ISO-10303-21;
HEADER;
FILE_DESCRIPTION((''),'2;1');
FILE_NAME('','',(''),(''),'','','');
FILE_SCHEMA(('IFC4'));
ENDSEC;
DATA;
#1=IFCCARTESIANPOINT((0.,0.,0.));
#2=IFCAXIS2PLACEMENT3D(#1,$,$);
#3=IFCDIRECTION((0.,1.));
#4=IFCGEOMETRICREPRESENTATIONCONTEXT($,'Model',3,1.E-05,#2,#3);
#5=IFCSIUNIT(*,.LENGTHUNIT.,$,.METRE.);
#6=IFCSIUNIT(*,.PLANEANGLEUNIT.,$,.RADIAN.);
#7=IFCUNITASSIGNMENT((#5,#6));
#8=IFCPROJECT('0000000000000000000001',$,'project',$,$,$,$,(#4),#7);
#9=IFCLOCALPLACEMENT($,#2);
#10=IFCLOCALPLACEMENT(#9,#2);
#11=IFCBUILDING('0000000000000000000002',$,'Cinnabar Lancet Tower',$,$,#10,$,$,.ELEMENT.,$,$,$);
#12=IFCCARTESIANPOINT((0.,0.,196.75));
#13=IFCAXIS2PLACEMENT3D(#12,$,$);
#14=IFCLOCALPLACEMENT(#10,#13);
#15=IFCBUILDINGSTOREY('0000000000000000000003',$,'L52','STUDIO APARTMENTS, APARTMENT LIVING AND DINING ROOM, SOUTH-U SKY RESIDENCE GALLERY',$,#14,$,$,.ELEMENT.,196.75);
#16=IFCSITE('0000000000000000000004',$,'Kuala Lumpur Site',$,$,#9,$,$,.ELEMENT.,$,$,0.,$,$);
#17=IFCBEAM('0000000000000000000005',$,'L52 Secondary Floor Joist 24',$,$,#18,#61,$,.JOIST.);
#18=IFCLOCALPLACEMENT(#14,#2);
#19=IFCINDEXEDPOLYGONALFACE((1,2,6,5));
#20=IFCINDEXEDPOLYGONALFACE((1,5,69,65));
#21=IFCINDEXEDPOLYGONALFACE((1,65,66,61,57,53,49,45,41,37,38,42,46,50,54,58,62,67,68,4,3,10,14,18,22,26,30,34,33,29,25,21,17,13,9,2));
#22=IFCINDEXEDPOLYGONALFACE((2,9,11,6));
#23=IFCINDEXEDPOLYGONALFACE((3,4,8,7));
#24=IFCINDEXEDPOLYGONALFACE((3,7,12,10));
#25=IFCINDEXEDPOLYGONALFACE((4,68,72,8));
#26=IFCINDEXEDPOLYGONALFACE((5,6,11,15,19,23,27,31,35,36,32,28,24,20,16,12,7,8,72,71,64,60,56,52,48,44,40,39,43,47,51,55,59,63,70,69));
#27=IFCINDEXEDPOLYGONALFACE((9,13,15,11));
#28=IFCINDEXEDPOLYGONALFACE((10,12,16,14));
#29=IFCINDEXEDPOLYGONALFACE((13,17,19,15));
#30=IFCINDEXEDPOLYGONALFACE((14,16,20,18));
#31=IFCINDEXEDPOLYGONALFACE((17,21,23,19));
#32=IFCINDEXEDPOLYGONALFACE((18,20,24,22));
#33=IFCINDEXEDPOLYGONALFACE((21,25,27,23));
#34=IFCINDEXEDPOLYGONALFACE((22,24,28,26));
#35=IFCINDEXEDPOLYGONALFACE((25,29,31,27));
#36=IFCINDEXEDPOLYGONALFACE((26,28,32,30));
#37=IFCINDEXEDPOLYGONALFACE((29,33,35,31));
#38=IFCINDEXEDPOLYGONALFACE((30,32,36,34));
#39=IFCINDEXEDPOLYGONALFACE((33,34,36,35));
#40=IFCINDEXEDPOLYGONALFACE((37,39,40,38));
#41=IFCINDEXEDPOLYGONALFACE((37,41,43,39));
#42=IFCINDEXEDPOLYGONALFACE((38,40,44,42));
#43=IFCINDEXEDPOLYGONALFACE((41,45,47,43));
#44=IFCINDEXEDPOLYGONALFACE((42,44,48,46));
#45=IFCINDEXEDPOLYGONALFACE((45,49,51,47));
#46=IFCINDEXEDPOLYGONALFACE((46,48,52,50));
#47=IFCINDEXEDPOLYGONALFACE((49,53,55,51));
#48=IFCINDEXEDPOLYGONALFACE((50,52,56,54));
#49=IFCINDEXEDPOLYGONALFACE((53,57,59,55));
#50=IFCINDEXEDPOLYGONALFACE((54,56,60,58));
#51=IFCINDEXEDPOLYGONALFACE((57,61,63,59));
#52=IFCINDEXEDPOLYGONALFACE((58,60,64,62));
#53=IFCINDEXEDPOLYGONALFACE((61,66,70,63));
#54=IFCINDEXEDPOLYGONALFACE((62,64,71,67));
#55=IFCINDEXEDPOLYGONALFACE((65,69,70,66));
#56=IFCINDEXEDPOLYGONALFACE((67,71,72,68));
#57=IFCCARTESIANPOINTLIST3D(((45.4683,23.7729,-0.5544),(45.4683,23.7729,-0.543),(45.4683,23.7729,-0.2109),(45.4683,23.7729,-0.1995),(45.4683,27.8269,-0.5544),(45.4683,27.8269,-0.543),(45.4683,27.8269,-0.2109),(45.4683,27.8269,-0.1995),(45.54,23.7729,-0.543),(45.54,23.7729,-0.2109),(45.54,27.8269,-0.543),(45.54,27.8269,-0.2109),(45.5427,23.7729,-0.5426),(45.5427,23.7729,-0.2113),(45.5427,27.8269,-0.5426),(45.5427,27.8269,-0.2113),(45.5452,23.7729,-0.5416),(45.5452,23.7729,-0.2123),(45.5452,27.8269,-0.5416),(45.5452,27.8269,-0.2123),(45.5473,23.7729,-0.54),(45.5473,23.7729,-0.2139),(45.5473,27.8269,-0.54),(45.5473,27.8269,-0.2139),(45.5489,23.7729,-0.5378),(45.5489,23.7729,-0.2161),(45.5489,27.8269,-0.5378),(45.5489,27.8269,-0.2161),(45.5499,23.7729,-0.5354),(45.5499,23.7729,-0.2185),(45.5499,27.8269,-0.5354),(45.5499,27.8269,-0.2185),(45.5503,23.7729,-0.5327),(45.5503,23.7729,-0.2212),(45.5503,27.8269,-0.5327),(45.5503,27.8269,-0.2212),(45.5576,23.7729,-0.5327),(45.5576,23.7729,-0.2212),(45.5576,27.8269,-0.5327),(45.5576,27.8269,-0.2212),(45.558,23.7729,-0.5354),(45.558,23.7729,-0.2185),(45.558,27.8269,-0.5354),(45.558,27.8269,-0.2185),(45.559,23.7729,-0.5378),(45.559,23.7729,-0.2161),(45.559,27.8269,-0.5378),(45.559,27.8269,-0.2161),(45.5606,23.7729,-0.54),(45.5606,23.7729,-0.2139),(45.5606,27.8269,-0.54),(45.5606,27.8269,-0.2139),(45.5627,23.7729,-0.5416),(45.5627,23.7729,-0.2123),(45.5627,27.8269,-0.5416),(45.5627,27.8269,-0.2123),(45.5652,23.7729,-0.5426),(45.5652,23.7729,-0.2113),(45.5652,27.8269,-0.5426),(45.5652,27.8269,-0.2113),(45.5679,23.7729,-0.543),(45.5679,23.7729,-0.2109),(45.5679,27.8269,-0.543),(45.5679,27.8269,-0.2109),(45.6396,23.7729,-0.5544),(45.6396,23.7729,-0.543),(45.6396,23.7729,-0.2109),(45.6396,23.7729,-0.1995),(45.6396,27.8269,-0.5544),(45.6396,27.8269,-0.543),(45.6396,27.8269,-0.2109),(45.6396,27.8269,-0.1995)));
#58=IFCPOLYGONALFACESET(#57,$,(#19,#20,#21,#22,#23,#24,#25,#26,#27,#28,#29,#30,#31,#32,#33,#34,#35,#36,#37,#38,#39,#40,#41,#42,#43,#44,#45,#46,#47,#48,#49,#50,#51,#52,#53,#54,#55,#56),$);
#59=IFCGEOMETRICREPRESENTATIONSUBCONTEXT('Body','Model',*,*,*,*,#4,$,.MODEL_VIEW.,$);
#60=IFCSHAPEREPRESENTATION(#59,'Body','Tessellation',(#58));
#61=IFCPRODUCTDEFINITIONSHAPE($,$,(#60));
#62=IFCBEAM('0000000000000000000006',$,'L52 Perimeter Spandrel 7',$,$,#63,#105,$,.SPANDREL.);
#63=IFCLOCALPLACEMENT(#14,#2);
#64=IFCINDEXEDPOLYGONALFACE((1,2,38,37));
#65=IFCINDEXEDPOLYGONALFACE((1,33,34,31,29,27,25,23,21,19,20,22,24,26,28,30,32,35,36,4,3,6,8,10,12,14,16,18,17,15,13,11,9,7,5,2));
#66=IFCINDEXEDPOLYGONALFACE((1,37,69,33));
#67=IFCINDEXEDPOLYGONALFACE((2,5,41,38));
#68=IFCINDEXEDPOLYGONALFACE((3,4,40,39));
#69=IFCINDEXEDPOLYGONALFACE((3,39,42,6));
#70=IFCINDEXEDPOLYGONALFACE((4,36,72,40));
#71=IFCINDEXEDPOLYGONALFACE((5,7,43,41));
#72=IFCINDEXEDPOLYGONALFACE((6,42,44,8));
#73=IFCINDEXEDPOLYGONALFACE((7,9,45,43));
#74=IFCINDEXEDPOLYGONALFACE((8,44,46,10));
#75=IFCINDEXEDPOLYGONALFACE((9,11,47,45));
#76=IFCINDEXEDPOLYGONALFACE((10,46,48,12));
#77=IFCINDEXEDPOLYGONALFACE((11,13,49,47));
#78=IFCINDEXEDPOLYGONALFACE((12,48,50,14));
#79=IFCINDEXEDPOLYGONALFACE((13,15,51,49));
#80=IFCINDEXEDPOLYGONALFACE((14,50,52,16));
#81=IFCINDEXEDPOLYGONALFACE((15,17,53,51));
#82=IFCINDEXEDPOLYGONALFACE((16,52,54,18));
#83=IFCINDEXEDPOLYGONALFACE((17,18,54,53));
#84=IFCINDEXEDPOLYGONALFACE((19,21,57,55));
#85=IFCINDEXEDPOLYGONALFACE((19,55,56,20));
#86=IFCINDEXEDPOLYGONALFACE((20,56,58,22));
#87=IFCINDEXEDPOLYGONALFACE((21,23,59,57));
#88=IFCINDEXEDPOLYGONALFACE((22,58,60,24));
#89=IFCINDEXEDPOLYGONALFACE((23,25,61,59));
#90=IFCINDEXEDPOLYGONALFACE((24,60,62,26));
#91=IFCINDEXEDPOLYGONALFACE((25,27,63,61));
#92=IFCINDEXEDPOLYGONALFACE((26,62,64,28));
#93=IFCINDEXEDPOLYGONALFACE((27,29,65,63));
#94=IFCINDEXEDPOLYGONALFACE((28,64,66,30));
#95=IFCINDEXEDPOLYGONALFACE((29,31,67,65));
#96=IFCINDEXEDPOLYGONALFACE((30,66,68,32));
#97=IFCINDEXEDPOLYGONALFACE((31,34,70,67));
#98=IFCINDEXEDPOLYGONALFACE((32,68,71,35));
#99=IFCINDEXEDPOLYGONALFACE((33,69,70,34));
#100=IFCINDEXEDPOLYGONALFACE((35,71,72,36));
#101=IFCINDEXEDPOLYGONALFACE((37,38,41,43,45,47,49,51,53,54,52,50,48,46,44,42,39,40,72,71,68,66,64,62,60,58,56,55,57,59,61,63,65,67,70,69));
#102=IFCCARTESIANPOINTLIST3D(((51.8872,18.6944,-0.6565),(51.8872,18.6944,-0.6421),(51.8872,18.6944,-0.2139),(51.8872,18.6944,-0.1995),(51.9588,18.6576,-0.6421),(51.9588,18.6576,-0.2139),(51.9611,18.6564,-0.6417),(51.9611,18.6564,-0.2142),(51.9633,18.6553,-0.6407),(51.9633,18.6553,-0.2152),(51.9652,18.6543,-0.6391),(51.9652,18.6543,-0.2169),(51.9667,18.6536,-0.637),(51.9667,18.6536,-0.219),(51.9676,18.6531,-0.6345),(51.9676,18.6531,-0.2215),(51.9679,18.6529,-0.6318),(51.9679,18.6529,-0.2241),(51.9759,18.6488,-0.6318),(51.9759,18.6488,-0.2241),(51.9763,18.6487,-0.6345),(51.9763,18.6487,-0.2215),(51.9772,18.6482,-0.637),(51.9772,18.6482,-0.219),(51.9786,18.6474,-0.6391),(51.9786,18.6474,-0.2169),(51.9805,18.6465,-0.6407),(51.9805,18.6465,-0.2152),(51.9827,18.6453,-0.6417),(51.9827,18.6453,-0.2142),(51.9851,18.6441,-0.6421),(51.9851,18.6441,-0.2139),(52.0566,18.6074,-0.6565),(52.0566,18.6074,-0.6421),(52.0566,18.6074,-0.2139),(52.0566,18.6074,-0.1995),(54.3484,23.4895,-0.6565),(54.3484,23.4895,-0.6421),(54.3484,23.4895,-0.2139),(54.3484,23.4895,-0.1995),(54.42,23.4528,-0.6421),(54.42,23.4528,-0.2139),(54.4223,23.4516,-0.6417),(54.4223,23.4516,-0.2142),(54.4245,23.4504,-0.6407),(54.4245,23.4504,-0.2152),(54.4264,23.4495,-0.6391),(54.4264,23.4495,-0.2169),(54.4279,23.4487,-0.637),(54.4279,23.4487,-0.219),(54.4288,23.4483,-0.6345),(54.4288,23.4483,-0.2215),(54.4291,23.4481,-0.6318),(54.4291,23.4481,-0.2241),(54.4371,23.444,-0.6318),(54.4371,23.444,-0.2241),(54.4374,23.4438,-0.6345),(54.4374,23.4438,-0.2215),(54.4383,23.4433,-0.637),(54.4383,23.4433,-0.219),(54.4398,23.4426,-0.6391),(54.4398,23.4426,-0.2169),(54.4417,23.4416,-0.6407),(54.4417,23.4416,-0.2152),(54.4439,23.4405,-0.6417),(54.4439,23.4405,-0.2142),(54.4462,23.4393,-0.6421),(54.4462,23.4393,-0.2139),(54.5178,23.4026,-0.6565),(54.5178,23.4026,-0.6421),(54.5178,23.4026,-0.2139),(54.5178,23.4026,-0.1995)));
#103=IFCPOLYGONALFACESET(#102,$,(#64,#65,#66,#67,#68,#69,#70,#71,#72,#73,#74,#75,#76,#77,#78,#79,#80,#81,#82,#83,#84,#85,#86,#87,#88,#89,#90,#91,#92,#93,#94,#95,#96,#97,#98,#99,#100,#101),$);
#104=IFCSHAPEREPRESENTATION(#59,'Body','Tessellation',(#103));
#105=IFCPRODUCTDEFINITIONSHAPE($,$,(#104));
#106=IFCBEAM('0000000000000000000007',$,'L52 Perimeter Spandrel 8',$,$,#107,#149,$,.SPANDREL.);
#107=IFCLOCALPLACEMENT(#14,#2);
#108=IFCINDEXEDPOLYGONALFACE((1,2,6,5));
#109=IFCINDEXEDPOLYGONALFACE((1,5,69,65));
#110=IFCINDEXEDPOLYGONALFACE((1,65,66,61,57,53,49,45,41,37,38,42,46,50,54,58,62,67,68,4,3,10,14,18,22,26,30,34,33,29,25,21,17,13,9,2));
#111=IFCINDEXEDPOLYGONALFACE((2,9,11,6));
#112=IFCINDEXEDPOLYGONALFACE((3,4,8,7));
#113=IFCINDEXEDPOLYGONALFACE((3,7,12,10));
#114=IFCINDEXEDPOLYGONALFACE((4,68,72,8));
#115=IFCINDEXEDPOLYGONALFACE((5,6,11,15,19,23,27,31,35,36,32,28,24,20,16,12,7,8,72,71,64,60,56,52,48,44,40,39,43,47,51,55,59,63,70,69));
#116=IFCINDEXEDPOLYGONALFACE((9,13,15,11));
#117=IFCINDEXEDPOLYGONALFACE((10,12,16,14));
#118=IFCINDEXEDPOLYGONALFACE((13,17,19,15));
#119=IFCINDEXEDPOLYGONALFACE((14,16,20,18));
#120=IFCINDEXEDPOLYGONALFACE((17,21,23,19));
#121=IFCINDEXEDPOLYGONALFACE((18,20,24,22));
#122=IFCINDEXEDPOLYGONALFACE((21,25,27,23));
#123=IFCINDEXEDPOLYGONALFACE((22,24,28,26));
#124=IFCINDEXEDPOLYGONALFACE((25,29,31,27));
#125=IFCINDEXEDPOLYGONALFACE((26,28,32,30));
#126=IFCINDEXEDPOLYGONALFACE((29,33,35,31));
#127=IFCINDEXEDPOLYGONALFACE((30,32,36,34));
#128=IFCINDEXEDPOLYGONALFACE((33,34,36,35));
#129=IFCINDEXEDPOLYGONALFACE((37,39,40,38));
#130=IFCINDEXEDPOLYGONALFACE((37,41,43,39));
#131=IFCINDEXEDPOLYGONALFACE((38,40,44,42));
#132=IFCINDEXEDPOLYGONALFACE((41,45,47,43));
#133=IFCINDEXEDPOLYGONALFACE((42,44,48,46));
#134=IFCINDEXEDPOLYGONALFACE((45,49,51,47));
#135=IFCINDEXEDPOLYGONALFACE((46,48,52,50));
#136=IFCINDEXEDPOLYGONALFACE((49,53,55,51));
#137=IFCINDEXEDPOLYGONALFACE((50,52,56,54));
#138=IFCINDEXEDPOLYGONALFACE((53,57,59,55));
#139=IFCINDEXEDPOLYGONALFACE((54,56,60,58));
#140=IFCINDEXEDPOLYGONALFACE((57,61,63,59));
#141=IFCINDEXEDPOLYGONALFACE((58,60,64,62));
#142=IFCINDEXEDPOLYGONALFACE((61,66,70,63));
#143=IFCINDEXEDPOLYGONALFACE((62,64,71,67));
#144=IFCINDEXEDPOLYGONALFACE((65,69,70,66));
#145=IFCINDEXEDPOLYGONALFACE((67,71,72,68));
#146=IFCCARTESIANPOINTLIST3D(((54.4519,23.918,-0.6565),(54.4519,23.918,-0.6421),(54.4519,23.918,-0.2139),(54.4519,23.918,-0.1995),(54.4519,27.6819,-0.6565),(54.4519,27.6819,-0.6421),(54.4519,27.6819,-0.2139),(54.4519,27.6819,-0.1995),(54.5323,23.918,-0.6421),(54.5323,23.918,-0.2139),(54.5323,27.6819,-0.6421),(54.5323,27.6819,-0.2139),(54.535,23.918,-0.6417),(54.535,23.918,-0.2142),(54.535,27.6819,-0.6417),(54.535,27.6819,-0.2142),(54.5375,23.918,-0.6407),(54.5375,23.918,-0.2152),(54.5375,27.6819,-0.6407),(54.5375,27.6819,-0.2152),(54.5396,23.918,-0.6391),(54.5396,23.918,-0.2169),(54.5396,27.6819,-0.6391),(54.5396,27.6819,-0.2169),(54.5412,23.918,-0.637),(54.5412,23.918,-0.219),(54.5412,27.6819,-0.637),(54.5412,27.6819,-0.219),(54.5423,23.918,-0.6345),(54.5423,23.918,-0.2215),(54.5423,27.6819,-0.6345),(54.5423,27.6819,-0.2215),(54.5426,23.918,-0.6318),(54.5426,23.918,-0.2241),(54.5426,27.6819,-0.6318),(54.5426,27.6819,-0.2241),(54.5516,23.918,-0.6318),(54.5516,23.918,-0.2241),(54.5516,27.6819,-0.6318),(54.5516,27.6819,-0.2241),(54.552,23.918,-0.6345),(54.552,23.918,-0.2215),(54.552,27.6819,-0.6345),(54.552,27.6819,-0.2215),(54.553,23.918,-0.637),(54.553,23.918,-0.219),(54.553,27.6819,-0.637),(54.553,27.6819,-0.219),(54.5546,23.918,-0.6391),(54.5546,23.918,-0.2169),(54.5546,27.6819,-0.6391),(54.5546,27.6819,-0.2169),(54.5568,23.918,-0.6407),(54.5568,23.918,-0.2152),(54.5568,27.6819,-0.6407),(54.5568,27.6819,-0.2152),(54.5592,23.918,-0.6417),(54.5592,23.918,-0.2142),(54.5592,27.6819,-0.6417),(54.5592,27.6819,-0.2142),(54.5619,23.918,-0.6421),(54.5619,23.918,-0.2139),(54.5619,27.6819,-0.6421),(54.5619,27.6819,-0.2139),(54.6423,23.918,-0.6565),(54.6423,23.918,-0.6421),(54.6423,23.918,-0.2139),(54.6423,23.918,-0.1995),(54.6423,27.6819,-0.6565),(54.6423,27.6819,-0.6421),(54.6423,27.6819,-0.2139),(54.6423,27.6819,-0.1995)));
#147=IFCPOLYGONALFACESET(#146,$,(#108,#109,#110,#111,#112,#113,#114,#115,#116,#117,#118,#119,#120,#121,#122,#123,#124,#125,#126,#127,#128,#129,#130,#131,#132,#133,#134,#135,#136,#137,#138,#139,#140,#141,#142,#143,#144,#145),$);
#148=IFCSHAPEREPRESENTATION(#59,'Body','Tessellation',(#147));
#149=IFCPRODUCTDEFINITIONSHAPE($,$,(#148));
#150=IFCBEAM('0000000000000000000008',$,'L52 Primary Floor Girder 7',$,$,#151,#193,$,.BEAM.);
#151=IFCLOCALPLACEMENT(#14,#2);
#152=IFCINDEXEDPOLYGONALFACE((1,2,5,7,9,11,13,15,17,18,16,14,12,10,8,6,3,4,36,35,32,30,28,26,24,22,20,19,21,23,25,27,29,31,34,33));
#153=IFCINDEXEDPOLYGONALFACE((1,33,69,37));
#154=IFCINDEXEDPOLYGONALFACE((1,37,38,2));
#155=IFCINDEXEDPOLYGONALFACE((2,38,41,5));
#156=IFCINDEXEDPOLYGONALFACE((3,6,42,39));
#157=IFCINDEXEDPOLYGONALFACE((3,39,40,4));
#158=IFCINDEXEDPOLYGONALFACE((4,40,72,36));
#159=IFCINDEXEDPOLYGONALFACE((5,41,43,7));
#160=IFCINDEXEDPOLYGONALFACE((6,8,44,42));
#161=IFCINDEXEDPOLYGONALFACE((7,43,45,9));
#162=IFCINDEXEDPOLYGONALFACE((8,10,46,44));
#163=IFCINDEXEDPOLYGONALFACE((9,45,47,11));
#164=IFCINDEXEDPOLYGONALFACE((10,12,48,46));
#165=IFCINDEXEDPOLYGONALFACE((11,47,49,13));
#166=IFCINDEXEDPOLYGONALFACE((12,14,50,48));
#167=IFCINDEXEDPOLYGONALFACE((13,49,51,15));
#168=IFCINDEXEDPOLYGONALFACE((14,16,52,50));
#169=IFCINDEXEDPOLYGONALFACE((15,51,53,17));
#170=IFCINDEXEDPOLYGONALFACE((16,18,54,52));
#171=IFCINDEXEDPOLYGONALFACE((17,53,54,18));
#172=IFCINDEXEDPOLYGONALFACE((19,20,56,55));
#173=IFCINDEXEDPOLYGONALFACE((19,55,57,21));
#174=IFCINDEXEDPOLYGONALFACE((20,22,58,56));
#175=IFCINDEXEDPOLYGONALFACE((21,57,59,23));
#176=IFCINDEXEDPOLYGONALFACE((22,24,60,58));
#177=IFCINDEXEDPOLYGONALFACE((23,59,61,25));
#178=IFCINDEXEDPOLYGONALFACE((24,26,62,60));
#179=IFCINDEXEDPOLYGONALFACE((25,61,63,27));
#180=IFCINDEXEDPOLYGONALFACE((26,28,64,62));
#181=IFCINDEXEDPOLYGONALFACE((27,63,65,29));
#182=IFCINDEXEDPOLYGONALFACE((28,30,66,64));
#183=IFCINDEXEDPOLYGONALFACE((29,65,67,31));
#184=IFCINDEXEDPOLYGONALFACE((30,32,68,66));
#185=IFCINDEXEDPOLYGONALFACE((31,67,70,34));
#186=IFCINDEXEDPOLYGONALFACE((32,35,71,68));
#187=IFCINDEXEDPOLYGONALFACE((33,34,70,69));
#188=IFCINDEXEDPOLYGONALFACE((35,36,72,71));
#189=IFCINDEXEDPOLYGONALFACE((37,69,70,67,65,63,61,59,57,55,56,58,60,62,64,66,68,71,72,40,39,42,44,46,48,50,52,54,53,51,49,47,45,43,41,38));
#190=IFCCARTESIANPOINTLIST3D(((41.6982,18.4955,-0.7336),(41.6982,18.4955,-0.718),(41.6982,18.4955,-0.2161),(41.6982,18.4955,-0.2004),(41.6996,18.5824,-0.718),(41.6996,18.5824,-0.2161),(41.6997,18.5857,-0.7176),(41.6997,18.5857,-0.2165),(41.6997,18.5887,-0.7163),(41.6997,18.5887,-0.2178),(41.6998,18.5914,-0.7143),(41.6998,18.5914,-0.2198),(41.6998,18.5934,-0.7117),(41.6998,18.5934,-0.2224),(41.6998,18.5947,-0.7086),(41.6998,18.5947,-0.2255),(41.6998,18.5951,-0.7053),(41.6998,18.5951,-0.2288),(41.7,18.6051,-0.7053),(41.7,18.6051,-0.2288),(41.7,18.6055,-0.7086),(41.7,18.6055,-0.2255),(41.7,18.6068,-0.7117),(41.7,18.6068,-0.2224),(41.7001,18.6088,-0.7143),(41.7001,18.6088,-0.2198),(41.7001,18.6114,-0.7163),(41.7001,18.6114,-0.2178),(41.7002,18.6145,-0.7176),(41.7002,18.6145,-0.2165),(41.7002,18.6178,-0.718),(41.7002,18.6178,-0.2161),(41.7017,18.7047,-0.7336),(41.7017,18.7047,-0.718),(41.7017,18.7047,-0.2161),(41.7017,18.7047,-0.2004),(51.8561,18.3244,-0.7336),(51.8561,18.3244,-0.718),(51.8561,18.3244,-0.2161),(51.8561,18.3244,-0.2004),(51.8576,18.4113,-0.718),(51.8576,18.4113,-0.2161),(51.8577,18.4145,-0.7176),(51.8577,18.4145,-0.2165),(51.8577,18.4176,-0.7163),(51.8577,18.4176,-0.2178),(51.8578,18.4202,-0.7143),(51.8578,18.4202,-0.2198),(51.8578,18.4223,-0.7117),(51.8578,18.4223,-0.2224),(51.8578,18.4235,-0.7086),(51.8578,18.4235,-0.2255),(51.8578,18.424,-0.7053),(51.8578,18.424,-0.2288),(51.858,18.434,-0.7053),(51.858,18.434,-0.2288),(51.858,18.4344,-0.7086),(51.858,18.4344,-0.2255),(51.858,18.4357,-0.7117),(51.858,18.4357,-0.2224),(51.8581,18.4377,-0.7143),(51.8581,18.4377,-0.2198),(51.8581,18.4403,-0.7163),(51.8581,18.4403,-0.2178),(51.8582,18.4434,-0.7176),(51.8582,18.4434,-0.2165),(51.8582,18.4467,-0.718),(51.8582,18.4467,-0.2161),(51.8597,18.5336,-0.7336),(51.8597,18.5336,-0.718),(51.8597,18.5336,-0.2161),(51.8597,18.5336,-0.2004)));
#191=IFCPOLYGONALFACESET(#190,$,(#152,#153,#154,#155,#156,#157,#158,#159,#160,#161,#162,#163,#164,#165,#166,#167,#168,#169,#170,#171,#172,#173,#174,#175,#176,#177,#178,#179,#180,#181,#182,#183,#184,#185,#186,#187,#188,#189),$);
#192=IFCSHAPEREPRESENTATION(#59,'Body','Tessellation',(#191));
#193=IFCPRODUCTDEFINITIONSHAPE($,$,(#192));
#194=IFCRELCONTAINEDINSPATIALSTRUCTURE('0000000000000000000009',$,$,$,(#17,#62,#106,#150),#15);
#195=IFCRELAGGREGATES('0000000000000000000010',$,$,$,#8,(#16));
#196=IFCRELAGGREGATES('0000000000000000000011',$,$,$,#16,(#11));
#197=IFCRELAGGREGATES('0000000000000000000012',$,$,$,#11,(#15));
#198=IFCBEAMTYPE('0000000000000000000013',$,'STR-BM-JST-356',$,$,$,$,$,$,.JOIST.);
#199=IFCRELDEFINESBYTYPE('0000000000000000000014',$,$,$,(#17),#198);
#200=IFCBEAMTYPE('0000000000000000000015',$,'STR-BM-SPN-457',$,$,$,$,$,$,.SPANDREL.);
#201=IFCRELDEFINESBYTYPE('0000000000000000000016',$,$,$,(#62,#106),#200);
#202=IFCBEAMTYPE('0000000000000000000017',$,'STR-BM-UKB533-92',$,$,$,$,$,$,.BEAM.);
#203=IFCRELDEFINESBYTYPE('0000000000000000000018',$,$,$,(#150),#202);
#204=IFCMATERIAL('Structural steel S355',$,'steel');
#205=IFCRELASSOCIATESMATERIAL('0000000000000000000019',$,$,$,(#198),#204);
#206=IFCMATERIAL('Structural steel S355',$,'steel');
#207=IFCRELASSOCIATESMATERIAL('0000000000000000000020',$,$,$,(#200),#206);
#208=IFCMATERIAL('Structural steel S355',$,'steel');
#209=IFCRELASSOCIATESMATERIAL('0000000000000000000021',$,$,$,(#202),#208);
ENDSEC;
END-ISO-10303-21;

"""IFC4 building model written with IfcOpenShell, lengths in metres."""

from ifc_helpers import new_model, si_unit, direction, frame, origin, origin_2d, place, context, subcontext, project, spatial, i_section, extrude, material, material_profile, profile_set, type_object, element, save


model = new_model("IFC4")

# Units and contexts
model_context = context("Model", 3, precision=1e-05, world=origin(), true_north=direction((0.0, 1.0)))
body_context = subcontext(model_context, "Body", "Model", "MODEL_VIEW")
ifc_project = project(units=[si_unit("LENGTHUNIT", "METRE"), si_unit("PLANEANGLEUNIT", "RADIAN")], contexts=[model_context])

# Site, building, storey
site_placement = place(None, origin())
site = spatial("IfcSite", under=ifc_project, at=site_placement, Name="Kuala Lumpur Site", CompositionType="ELEMENT", RefElevation=0.0)
building_placement = place(site_placement, origin())
building = spatial("IfcBuilding", under=site, at=building_placement, Name="Cinnabar Lancet Tower", CompositionType="ELEMENT")
storey_placement = place(building_placement, frame((0.0, 0.0, 196.75)))
storey = spatial("IfcBuildingStorey", under=building, at=storey_placement, Name="L52", Description="STUDIO APARTMENTS, APARTMENT LIVING AND DINING ROOM, SOUTH-U SKY RESIDENCE GALLERY", CompositionType="ELEMENT", Elevation=196.75)

# Beams
ifc_material_1 = material(Name="Structural steel S355", Category="steel")
ifc_material_profile_1 = material_profile(ifc_material_1, i_section(OverallWidth=0.1714, OverallDepth=0.355, WebThickness=0.0073, FlangeThickness=0.0115, FilletRadius=0.0103, at=origin_2d()), Name="UKB 356x171x51")
ifc_profile_set_1 = profile_set([ifc_material_profile_1], Name="Structural steel S355")
beam_type_1 = type_object("IfcBeamType", Name="STR-BM-JST-356", PredefinedType="JOIST", material=ifc_profile_set_1)
for number, where, z_axis, x_axis, name in (
    (1, (45.554, 23.7729, -0.377), (0.0, 1.0, 0.0), (-1.0, 0.0, 0.0), "L52 Secondary Floor Joist 24"),
):
    element("IfcBeam", number, at=place(storey_placement, frame(where, z_axis=z_axis, x_axis=x_axis)), inside=storey, type_object=beam_type_1, Name=name, PredefinedType="JOIST", context=body_context, shape_type="SweptSolid", body=[
        extrude(i_section(OverallWidth=0.1714, OverallDepth=0.355, WebThickness=0.0073, FlangeThickness=0.0115, FilletRadius=0.0103, at=origin_2d()), origin(), (0.0, 0.0, 1.0), 4.054),
    ])
ifc_material_2 = material(Name="Structural steel S355", Category="steel")
ifc_material_profile_2 = material_profile(ifc_material_2, i_section(OverallWidth=0.1904, OverallDepth=0.457, WebThickness=0.009, FlangeThickness=0.0144, FilletRadius=0.0103, at=origin_2d()), Name="UKB 457x191x74")
ifc_profile_set_2 = profile_set([ifc_material_profile_2], Name="Structural steel S355")
beam_type_2 = type_object("IfcBeamType", Name="STR-BM-SPN-457", PredefinedType="SPANDREL", material=ifc_profile_set_2)
beam_1_placement = place(storey_placement, frame((51.9719, 18.6509, -0.428), z_axis=(0.456628, 0.889658, 0.0), x_axis=(-0.889658, 0.456628, 0.0)))
element("IfcBeam", 2, at=beam_1_placement, inside=storey, type_object=beam_type_2, Name="L52 Perimeter Spandrel 7", PredefinedType="SPANDREL", context=body_context, shape_type="SweptSolid", body=[
    extrude(i_section(OverallWidth=0.1904, OverallDepth=0.457, WebThickness=0.009, FlangeThickness=0.0144, FilletRadius=0.0103, at=origin_2d()), origin(), (0.0, 0.0, 1.0), 5.3899),
])
beam_2_placement = place(storey_placement, frame((54.5471, 23.918, -0.428), z_axis=(0.0, 1.0, 0.0), x_axis=(-1.0, 0.0, 0.0)))
element("IfcBeam", 3, at=beam_2_placement, inside=storey, type_object=beam_type_2, Name="L52 Perimeter Spandrel 8", PredefinedType="SPANDREL", context=body_context, shape_type="SweptSolid", body=[
    extrude(i_section(OverallWidth=0.1904, OverallDepth=0.457, WebThickness=0.009, FlangeThickness=0.0144, FilletRadius=0.0103, at=origin_2d()), origin(), (0.0, 0.0, 1.0), 3.7639),
])
ifc_material_3 = material(Name="Structural steel S355", Category="steel")
ifc_material_profile_3 = material_profile(ifc_material_3, i_section(OverallWidth=0.2092, OverallDepth=0.5332, WebThickness=0.01, FlangeThickness=0.0156, FilletRadius=0.0127, at=origin_2d()), Name="UKB 533x210x92")
ifc_profile_set_3 = profile_set([ifc_material_profile_3], Name="Structural steel S355")
beam_type_3 = type_object("IfcBeamType", Name="STR-BM-UKB533-92", PredefinedType="BEAM", material=ifc_profile_set_3)
beam_3_placement = place(storey_placement, frame((51.8579, 18.429, -0.467), z_axis=(-0.999858, 0.016846, 0.0), x_axis=(-0.016846, -0.999858, 0.0)))
element("IfcBeam", 4, at=beam_3_placement, inside=storey, type_object=beam_type_3, Name="L52 Primary Floor Girder 7", PredefinedType="BEAM", context=body_context, shape_type="SweptSolid", body=[
    extrude(i_section(OverallWidth=0.2092, OverallDepth=0.5332, WebThickness=0.01, FlangeThickness=0.0156, FilletRadius=0.0127, at=origin_2d()), origin(), (0.0, 0.0, 1.0), 10.1594),
])

save(model, "model.ifc")
